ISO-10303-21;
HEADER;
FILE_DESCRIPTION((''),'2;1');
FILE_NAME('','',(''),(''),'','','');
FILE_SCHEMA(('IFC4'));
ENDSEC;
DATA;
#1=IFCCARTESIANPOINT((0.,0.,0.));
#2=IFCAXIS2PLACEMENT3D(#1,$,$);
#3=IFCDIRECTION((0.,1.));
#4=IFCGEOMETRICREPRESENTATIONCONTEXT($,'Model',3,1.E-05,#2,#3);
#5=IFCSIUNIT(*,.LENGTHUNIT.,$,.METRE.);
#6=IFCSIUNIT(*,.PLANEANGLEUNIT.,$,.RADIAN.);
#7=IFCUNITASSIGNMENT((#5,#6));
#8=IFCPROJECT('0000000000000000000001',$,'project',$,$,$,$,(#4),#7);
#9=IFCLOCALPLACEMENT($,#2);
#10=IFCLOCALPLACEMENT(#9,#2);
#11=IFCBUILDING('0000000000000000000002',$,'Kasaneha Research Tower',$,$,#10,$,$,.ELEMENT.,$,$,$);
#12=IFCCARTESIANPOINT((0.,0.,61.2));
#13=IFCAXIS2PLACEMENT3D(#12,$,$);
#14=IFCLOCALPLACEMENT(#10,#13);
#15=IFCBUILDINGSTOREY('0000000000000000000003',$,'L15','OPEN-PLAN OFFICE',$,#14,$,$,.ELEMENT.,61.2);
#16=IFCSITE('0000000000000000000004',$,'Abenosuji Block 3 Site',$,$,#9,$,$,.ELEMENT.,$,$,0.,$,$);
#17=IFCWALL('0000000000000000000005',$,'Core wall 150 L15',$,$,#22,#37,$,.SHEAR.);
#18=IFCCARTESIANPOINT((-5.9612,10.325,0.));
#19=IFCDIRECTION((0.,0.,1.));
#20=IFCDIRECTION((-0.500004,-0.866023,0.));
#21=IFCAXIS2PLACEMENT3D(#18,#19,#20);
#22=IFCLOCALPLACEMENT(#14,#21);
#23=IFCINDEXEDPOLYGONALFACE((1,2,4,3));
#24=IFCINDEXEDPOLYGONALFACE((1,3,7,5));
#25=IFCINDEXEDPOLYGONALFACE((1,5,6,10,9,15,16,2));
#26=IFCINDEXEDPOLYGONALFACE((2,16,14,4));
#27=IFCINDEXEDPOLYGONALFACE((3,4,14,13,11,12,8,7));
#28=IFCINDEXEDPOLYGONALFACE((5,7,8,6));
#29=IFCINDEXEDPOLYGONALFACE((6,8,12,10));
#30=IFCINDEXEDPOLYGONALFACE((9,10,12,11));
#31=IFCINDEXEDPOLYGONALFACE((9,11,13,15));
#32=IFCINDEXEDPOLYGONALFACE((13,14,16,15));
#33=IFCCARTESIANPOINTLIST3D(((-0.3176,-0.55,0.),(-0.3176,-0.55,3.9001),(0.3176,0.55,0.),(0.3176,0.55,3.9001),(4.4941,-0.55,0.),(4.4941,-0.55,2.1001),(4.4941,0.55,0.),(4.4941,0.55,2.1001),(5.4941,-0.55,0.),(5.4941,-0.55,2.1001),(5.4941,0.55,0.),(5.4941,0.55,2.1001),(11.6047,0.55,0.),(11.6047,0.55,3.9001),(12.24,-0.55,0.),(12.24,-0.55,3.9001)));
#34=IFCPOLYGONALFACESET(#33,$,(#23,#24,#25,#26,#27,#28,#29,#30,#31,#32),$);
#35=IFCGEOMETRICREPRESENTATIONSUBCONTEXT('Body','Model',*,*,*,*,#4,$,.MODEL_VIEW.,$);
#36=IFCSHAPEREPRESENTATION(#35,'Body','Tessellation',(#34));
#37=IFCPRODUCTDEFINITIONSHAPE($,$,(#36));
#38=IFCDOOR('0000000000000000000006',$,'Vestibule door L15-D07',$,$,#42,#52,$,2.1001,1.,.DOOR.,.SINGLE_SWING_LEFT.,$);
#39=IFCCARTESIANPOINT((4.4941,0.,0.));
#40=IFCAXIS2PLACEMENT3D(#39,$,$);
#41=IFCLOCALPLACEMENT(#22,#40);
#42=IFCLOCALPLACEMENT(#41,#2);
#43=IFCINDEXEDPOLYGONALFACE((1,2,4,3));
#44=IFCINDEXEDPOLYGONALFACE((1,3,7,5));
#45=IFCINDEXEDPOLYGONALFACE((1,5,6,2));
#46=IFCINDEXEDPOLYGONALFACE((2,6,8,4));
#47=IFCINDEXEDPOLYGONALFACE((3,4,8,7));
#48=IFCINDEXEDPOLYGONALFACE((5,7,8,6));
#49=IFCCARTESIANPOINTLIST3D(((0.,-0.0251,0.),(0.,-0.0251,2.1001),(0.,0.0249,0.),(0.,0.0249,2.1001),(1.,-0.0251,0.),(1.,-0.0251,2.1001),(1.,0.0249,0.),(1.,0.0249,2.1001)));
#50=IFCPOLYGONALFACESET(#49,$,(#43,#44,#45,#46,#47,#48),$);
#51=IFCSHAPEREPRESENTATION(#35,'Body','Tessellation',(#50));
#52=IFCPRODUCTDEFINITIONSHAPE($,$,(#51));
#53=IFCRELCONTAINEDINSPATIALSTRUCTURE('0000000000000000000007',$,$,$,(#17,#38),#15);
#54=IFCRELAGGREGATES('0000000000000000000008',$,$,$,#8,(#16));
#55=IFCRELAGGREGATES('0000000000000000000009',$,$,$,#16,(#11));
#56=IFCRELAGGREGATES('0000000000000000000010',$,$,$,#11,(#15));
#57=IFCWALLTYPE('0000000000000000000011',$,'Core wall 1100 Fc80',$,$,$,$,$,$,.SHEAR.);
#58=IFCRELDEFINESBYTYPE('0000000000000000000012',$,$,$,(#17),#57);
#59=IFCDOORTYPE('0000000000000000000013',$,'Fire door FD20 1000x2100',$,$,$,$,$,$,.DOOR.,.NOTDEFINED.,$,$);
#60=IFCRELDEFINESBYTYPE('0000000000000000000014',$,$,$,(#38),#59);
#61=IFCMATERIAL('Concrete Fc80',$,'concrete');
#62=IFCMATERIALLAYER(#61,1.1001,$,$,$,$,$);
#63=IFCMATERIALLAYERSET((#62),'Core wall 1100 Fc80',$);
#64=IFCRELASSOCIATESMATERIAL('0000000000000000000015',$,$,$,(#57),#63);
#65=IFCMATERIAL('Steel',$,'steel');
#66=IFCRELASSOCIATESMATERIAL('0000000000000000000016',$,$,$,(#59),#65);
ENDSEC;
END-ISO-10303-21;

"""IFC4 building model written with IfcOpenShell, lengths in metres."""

from ifc_helpers import new_model, si_unit, direction, frame, frame_2d, origin, place, context, subcontext, project, spatial, polyline, rectangle, outline, extrude, material, layer, layer_set, type_object, element, fill, save


model = new_model("IFC4")

# Units and contexts
model_context = context("Model", 3, precision=1e-05, world=origin(), true_north=direction((0.0, 1.0)))
body_context = subcontext(model_context, "Body", "Model", "MODEL_VIEW")
ifc_project = project(units=[si_unit("LENGTHUNIT", "METRE"), si_unit("PLANEANGLEUNIT", "RADIAN")], contexts=[model_context])

# Site, building, storey
site_placement = place(None, origin())
site = spatial("IfcSite", under=ifc_project, at=site_placement, Name="Abenosuji Block 3 Site", CompositionType="ELEMENT", RefElevation=0.0)
building_placement = place(site_placement, origin())
building = spatial("IfcBuilding", under=site, at=building_placement, Name="Kasaneha Research Tower", CompositionType="ELEMENT")
storey_placement = place(building_placement, frame((0.0, 0.0, 61.2)))
storey = spatial("IfcBuildingStorey", under=building, at=storey_placement, Name="L15", Description="OPEN-PLAN OFFICE", CompositionType="ELEMENT", Elevation=61.2)

# Wall, opening, door
ifc_material_1 = material(Name="Concrete Fc80", Category="concrete")
ifc_layer_1 = layer(ifc_material_1, 1.1001)
ifc_layer_set_1 = layer_set([ifc_layer_1], Name="Core wall 1100 Fc80")
wall_type_1 = type_object("IfcWallType", Name="Core wall 1100 Fc80", PredefinedType="SHEAR", material=ifc_layer_set_1)
wall_1_placement = place(storey_placement, frame((-5.9612, 10.325, 0.0), z_axis=(0.0, 0.0, 1.0), x_axis=(-0.500004, -0.866023, 0.0)))
wall_1 = element("IfcWall", 1, at=wall_1_placement, inside=storey, type_object=wall_type_1, Name="Core wall 150 L15", PredefinedType="SHEAR", context=body_context, shape_type="SweptSolid", body=[
    extrude(outline(polyline([(-0.3176, -0.55), (4.4941, -0.55), (5.4941, -0.55), (12.24, -0.55), (11.6047, 0.55), (5.4941, 0.55), (4.4941, 0.55), (0.3176, 0.55), (-0.3176, -0.55)])), origin(), (0.0, 0.0, 1.0), 3.9001),
])
opening_1_placement = place(wall_1_placement, frame((4.4941, 0.0, 0.0)))
opening_1 = element("IfcOpeningElement", 2, at=opening_1_placement, cuts=wall_1, PredefinedType="OPENING", context=body_context, shape_type="SweptSolid", body=[
    extrude(rectangle(XDim=1.0, YDim=2.1001, at=frame_2d((0.5, 1.05))), frame((0.0, 0.5601, 0.0), z_axis=(0.0, -1.0, 0.0), x_axis=(1.0, 0.0, 0.0)), (0.0, 0.0, 1.0), 1.1201),
])
ifc_material_2 = material(Name="Steel", Category="steel")
door_type_1 = type_object("IfcDoorType", Name="Fire door FD20 1000x2100", OperationType="NOTDEFINED", PredefinedType="DOOR", material=ifc_material_2)
door_1_placement = place(opening_1_placement, origin())
door_1 = element("IfcDoor", 3, at=door_1_placement, inside=storey, type_object=door_type_1, Name="Vestibule door L15-D07", OperationType="SINGLE_SWING_LEFT", OverallHeight=2.1001, OverallWidth=1.0, PredefinedType="DOOR", context=body_context, shape_type="SweptSolid", body=[
    extrude(rectangle(XDim=1.0, YDim=2.1001, at=frame_2d((0.5, 1.05))), frame((0.0, 0.0249, 0.0), z_axis=(0.0, -1.0, 0.0), x_axis=(1.0, 0.0, 0.0)), (0.0, 0.0, 1.0), 0.05),
])
fill(opening_1, door_1)

save(model, "model.ifc")
